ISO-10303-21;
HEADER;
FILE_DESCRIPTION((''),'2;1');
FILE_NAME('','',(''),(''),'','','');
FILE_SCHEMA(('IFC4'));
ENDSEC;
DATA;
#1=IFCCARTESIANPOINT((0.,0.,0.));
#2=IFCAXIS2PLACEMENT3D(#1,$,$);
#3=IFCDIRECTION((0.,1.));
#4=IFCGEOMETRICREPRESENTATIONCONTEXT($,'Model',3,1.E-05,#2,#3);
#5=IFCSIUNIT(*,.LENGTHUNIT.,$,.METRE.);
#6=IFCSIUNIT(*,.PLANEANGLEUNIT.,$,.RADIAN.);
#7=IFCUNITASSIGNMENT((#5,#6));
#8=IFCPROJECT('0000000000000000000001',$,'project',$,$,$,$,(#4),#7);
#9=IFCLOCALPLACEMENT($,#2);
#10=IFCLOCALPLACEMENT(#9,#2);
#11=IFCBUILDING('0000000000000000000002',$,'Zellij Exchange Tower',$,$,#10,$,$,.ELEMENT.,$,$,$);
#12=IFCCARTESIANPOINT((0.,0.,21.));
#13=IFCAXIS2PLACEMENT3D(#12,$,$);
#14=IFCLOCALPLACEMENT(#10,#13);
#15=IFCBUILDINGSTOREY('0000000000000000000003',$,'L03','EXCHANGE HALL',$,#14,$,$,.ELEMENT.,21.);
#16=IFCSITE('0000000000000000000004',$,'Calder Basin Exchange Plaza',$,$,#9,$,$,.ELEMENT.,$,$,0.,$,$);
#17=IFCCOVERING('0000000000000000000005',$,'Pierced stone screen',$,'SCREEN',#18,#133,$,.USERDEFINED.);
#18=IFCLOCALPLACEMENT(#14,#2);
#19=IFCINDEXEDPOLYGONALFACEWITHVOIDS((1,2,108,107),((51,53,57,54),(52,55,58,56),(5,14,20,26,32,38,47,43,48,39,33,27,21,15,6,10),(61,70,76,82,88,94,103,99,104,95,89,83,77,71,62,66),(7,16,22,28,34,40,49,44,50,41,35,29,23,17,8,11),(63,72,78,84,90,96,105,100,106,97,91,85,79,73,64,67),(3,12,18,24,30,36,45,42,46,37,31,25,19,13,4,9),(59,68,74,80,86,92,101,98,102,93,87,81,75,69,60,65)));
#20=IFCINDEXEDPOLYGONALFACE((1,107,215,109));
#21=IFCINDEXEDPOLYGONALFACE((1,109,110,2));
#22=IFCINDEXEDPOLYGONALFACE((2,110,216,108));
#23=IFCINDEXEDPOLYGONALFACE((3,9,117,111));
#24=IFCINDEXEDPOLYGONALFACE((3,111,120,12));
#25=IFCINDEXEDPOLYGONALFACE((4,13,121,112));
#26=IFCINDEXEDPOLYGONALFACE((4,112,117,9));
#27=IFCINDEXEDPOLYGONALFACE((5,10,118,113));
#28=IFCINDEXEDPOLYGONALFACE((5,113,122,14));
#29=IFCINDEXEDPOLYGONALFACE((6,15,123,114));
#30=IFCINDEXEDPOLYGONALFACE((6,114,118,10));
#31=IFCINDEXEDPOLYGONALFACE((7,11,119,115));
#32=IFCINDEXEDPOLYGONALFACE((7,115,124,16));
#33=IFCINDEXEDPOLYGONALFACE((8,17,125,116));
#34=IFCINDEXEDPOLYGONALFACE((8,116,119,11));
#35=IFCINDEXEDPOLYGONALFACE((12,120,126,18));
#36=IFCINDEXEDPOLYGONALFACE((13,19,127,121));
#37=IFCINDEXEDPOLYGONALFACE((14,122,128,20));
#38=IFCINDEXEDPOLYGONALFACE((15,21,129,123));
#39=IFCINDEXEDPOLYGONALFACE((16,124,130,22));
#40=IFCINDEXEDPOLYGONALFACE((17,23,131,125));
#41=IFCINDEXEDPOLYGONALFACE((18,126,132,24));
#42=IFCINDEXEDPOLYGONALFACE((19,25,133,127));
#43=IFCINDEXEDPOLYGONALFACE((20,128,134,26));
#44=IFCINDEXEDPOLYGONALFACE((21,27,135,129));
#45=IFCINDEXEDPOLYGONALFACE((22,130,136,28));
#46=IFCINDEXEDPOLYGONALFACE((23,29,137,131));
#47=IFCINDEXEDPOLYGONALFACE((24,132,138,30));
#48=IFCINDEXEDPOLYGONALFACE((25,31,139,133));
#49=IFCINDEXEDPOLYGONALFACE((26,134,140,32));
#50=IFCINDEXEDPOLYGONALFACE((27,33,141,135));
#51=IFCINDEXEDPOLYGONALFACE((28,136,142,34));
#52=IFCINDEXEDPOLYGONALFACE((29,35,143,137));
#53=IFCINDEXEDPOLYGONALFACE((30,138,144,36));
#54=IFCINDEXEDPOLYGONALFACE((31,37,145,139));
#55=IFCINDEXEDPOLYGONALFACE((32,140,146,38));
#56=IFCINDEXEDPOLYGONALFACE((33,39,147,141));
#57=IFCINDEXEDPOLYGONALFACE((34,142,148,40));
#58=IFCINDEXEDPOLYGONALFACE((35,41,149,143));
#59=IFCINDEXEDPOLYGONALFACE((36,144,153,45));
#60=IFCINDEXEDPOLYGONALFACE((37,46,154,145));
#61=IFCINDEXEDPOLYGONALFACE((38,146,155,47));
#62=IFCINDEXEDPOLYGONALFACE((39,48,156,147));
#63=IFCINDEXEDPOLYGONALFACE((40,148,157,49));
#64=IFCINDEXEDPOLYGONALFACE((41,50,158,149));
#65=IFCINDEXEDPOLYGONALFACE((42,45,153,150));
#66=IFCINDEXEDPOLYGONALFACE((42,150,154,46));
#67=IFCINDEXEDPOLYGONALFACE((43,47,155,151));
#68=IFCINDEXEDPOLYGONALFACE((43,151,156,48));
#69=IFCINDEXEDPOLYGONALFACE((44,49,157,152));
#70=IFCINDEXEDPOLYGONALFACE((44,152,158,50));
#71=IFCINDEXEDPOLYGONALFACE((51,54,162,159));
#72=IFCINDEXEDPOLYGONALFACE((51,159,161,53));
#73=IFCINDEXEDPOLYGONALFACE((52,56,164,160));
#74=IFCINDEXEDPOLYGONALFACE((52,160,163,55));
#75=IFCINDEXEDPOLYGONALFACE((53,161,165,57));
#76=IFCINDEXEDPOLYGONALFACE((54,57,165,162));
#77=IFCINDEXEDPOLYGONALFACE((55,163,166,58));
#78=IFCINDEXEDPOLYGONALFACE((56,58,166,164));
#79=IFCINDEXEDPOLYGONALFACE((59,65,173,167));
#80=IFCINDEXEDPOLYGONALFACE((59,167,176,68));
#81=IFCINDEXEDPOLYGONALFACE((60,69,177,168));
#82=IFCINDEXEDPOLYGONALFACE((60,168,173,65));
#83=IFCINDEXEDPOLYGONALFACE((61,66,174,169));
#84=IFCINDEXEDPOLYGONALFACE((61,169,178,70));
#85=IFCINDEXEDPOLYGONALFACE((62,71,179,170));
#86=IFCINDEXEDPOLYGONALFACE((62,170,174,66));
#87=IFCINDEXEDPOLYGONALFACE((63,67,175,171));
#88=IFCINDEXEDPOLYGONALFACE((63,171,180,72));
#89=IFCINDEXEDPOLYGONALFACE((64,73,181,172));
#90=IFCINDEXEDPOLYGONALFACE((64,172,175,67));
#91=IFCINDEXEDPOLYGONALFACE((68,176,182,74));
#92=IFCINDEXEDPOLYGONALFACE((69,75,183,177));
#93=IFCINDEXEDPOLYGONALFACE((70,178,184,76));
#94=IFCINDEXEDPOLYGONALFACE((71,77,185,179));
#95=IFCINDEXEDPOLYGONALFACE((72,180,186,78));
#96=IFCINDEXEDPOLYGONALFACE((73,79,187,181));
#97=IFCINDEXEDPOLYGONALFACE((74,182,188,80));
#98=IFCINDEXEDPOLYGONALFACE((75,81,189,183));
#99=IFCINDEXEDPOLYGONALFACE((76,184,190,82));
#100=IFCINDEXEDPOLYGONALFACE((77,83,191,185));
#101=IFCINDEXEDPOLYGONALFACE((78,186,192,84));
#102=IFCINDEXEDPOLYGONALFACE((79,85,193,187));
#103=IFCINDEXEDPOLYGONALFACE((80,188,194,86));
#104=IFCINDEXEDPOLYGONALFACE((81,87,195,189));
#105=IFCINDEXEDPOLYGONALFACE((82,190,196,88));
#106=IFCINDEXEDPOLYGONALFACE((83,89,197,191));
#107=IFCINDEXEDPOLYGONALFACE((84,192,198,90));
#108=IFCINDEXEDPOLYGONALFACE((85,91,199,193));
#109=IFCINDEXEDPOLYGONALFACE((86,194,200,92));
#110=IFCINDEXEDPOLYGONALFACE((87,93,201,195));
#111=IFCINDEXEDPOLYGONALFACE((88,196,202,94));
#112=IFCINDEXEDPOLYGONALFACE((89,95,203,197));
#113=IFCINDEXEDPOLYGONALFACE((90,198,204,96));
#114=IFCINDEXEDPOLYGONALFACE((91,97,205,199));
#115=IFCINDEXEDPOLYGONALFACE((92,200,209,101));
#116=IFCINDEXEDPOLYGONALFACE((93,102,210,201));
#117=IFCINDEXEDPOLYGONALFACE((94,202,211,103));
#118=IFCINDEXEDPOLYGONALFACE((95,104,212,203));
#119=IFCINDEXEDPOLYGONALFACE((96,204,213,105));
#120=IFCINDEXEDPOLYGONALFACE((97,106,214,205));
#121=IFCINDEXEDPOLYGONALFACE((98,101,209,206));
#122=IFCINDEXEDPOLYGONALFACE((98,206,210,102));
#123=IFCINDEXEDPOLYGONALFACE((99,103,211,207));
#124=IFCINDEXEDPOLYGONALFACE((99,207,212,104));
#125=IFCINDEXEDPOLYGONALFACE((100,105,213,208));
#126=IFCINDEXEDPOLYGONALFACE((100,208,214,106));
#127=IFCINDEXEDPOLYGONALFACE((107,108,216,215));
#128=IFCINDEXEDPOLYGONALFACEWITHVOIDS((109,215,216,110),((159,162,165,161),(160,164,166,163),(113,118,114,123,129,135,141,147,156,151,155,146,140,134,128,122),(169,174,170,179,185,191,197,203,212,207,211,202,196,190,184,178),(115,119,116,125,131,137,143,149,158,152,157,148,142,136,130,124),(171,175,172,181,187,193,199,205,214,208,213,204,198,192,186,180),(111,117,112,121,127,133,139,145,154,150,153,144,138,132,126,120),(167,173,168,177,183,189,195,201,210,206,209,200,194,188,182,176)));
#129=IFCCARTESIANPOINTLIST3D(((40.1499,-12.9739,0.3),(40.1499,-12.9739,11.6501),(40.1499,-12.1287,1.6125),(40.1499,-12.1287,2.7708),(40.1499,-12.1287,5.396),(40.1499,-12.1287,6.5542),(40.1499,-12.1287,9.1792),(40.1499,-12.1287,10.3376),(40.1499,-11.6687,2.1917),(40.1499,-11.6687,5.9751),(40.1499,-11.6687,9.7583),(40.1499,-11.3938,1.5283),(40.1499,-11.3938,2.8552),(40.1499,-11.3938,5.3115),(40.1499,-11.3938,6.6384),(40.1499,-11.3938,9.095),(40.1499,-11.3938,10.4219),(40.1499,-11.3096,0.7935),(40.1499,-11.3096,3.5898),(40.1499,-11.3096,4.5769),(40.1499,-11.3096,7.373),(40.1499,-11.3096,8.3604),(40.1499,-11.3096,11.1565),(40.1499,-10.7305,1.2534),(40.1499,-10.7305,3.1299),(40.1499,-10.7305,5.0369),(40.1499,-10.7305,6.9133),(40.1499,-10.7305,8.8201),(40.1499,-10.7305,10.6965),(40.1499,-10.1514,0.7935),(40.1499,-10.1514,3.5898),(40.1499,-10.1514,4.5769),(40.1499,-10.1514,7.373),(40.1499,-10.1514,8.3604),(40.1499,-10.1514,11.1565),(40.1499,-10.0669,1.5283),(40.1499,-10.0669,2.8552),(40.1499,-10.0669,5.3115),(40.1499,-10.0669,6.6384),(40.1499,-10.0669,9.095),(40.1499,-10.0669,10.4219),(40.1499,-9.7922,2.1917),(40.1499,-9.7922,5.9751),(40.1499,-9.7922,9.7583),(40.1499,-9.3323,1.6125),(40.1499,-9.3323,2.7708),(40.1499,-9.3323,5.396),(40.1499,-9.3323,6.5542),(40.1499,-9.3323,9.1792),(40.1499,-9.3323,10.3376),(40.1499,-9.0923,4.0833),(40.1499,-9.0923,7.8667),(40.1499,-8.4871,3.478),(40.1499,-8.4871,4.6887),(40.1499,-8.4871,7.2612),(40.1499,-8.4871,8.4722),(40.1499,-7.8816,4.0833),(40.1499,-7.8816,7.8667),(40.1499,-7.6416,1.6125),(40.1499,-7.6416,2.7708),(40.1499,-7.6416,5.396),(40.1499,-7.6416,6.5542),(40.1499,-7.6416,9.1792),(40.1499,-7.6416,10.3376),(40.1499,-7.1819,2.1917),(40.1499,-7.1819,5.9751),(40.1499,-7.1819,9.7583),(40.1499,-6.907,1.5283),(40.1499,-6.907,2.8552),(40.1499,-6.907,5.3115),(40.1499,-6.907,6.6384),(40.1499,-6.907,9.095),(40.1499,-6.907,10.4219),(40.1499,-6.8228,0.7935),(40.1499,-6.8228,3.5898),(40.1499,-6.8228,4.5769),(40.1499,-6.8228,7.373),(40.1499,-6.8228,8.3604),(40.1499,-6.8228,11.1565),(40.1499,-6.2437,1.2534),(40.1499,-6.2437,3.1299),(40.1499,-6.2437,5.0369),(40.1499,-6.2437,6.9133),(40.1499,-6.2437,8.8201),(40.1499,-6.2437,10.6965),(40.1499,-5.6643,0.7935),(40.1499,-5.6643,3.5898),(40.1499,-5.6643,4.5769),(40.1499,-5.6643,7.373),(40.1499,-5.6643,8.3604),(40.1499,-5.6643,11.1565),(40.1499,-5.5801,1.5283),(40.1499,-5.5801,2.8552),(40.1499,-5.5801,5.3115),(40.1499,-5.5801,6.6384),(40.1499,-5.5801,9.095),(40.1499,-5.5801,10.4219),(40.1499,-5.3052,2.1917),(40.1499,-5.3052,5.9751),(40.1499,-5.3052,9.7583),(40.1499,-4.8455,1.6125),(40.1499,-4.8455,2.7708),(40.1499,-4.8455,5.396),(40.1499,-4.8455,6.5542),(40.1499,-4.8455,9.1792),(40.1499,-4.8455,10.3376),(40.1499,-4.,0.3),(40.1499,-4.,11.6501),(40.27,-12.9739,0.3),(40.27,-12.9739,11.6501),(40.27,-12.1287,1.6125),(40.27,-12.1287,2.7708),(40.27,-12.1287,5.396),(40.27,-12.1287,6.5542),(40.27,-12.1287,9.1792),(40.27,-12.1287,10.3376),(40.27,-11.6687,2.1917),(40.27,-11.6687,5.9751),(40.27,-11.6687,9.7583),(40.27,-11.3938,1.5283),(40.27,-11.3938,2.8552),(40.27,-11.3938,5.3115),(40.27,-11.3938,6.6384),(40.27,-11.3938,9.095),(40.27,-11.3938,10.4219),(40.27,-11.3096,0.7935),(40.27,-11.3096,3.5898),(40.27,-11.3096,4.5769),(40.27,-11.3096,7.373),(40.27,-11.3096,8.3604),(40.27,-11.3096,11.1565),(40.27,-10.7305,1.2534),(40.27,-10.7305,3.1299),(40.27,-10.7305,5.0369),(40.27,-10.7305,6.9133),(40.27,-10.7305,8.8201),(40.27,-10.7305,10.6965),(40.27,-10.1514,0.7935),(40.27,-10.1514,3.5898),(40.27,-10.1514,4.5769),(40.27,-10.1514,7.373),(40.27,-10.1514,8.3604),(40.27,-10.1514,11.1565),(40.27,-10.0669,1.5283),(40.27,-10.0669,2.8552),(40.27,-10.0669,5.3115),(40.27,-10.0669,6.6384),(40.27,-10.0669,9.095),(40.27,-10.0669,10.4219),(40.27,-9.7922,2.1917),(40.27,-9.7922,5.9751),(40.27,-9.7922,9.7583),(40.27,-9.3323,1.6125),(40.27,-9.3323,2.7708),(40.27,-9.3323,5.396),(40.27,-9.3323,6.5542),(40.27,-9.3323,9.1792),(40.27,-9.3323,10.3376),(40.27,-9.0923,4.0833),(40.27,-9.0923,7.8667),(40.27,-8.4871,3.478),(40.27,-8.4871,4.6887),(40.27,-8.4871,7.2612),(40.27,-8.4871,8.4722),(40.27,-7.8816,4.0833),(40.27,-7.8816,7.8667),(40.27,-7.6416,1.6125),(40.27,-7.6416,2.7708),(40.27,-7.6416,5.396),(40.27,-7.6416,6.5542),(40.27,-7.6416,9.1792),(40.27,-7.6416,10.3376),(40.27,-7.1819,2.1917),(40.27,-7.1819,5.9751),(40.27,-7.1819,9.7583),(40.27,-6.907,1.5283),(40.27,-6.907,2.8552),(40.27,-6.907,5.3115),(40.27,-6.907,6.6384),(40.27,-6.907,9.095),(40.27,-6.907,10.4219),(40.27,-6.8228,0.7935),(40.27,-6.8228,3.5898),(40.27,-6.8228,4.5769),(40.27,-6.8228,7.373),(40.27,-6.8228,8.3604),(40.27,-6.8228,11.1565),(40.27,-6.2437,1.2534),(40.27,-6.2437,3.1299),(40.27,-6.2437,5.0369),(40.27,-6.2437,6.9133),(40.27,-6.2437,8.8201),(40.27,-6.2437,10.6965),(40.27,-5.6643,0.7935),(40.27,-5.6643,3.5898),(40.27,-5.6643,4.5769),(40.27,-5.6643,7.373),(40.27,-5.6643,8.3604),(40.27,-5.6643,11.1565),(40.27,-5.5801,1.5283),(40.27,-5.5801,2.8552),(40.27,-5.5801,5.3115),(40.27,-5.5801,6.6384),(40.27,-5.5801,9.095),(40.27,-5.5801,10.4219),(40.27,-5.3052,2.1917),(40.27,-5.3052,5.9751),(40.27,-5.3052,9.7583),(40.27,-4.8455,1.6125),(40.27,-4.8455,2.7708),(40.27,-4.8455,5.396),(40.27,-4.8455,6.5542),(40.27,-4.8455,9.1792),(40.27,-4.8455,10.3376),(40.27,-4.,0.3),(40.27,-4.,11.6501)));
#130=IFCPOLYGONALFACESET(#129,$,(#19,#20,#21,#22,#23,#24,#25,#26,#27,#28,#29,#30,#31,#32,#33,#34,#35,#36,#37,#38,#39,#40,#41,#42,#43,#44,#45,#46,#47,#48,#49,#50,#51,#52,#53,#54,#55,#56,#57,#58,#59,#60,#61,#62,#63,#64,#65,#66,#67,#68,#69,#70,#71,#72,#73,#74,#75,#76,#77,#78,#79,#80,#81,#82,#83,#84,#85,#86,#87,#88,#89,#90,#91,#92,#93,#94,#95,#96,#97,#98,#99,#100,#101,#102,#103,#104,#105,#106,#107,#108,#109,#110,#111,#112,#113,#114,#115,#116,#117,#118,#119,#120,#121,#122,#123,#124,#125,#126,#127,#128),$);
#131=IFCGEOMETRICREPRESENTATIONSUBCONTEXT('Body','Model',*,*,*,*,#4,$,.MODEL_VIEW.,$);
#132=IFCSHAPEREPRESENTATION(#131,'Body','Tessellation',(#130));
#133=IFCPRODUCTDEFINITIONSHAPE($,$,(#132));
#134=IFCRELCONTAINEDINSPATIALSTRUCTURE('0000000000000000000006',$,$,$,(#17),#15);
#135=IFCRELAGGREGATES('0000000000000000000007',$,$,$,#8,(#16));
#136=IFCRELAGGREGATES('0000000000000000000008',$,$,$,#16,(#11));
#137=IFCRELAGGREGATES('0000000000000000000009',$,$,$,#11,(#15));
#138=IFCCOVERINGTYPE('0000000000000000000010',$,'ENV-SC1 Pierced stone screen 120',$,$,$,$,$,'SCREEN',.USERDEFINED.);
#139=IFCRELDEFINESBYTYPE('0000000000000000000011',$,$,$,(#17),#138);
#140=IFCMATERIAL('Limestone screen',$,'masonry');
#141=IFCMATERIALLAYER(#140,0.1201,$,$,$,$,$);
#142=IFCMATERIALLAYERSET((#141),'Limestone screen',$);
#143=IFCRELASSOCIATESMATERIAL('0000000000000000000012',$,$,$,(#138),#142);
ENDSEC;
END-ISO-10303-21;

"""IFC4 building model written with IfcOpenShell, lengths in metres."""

from ifc_helpers import new_model, si_unit, direction, frame, origin, place, context, subcontext, project, spatial, polyline, outline, extrude, material, layer, layer_set, type_object, element, save


model = new_model("IFC4")

# Units and contexts
model_context = context("Model", 3, precision=1e-05, world=origin(), true_north=direction((0.0, 1.0)))
body_context = subcontext(model_context, "Body", "Model", "MODEL_VIEW")
ifc_project = project(units=[si_unit("LENGTHUNIT", "METRE"), si_unit("PLANEANGLEUNIT", "RADIAN")], contexts=[model_context])

# Site, building, storey
site_placement = place(None, origin())
site = spatial("IfcSite", under=ifc_project, at=site_placement, Name="Calder Basin Exchange Plaza", CompositionType="ELEMENT", RefElevation=0.0)
building_placement = place(site_placement, origin())
building = spatial("IfcBuilding", under=site, at=building_placement, Name="Zellij Exchange Tower", CompositionType="ELEMENT")
storey_placement = place(building_placement, frame((0.0, 0.0, 21.0)))
storey = spatial("IfcBuildingStorey", under=building, at=storey_placement, Name="L03", Description="EXCHANGE HALL", CompositionType="ELEMENT", Elevation=21.0)

# Covering
ifc_material_1 = material(Name="Limestone screen", Category="masonry")
ifc_layer_1 = layer(ifc_material_1, 0.1201)
ifc_layer_set_1 = layer_set([ifc_layer_1], Name="Limestone screen")
covering_type = type_object("IfcCoveringType", Name="ENV-SC1 Pierced stone screen 120", ElementType="SCREEN", PredefinedType="USERDEFINED", material=ifc_layer_set_1)
covering_1_placement = place(storey_placement, frame((40.21, -12.9739, 0.3), z_axis=(0.0, 0.0, 1.0), x_axis=(0.0, 1.0, 0.0)))
element("IfcCovering", 1, at=covering_1_placement, inside=storey, type_object=covering_type, Name="Pierced stone screen", ObjectType="SCREEN", PredefinedType="USERDEFINED", context=body_context, shape_type="SweptSolid", body=[
    extrude(outline(polyline([(0.0, 0.0), (8.9739, 0.0), (8.9739, 11.3501), (0.0, 11.3501), (0.0, 0.0)]), holes=[polyline([(3.6416, 2.4707), (2.907, 2.5552), (2.8225, 3.2898), (2.2434, 2.8298), (1.6643, 3.2898), (1.5801, 2.5552), (0.8452, 2.4707), (1.3052, 1.8916), (0.8452, 1.3125), (1.5801, 1.2283), (1.6643, 0.4934), (2.2434, 0.9534), (2.8225, 0.4934), (2.907, 1.2283), (3.6416, 1.3125), (3.1816, 1.8916), (3.6416, 2.4707)]), polyline([(3.6416, 6.2542), (2.907, 6.3384), (2.8225, 7.073), (2.2434, 6.6133), (1.6643, 7.073), (1.5801, 6.3384), (0.8452, 6.2542), (1.3052, 5.675), (0.8452, 5.0959), (1.5801, 5.0115), (1.6643, 4.2769), (2.2434, 4.7368), (2.8225, 4.2769), (2.907, 5.0115), (3.6416, 5.0959), (3.1816, 5.675), (3.6416, 6.2542)]), polyline([(3.6416, 10.0376), (2.907, 10.1218), (2.8225, 10.8564), (2.2434, 10.3965), (1.6643, 10.8564), (1.5801, 10.1218), (0.8452, 10.0376), (1.3052, 9.4583), (0.8452, 8.8792), (1.5801, 8.7949), (1.6643, 8.0603), (2.2434, 8.52), (2.8225, 8.0603), (2.907, 8.7949), (3.6416, 8.8792), (3.1816, 9.4583), (3.6416, 10.0376)]), polyline([(8.1284, 2.4707), (7.3938, 2.5552), (7.3096, 3.2898), (6.7302, 2.8298), (6.1511, 3.2898), (6.0669, 2.5552), (5.3323, 2.4707), (5.792, 1.8916), (5.3323, 1.3125), (6.0669, 1.2283), (6.1511, 0.4934), (6.7302, 0.9534), (7.3096, 0.4934), (7.3938, 1.2283), (8.1284, 1.3125), (7.6687, 1.8916), (8.1284, 2.4707)]), polyline([(8.1284, 6.2542), (7.3938, 6.3384), (7.3096, 7.073), (6.7302, 6.6133), (6.1511, 7.073), (6.0669, 6.3384), (5.3323, 6.2542), (5.792, 5.675), (5.3323, 5.0959), (6.0669, 5.0115), (6.1511, 4.2769), (6.7302, 4.7368), (7.3096, 4.2769), (7.3938, 5.0115), (8.1284, 5.0959), (7.6687, 5.675), (8.1284, 6.2542)]), polyline([(8.1284, 10.0376), (7.3938, 10.1218), (7.3096, 10.8564), (6.7302, 10.3965), (6.1511, 10.8564), (6.0669, 10.1218), (5.3323, 10.0376), (5.792, 9.4583), (5.3323, 8.8792), (6.0669, 8.7949), (6.1511, 8.0603), (6.7302, 8.52), (7.3096, 8.0603), (7.3938, 8.7949), (8.1284, 8.8792), (7.6687, 9.4583), (8.1284, 10.0376)]), polyline([(5.0923, 3.7832), (4.4868, 4.3887), (3.8816, 3.7832), (4.4868, 3.178), (5.0923, 3.7832)]), polyline([(5.0923, 7.5667), (4.4868, 8.1721), (3.8816, 7.5667), (4.4868, 6.9612), (5.0923, 7.5667)])]), frame((0.0, 0.0601, 0.0), z_axis=(0.0, -1.0, 0.0), x_axis=(1.0, 0.0, 0.0)), (0.0, 0.0, 1.0), 0.1201),
])

save(model, "model.ifc")
